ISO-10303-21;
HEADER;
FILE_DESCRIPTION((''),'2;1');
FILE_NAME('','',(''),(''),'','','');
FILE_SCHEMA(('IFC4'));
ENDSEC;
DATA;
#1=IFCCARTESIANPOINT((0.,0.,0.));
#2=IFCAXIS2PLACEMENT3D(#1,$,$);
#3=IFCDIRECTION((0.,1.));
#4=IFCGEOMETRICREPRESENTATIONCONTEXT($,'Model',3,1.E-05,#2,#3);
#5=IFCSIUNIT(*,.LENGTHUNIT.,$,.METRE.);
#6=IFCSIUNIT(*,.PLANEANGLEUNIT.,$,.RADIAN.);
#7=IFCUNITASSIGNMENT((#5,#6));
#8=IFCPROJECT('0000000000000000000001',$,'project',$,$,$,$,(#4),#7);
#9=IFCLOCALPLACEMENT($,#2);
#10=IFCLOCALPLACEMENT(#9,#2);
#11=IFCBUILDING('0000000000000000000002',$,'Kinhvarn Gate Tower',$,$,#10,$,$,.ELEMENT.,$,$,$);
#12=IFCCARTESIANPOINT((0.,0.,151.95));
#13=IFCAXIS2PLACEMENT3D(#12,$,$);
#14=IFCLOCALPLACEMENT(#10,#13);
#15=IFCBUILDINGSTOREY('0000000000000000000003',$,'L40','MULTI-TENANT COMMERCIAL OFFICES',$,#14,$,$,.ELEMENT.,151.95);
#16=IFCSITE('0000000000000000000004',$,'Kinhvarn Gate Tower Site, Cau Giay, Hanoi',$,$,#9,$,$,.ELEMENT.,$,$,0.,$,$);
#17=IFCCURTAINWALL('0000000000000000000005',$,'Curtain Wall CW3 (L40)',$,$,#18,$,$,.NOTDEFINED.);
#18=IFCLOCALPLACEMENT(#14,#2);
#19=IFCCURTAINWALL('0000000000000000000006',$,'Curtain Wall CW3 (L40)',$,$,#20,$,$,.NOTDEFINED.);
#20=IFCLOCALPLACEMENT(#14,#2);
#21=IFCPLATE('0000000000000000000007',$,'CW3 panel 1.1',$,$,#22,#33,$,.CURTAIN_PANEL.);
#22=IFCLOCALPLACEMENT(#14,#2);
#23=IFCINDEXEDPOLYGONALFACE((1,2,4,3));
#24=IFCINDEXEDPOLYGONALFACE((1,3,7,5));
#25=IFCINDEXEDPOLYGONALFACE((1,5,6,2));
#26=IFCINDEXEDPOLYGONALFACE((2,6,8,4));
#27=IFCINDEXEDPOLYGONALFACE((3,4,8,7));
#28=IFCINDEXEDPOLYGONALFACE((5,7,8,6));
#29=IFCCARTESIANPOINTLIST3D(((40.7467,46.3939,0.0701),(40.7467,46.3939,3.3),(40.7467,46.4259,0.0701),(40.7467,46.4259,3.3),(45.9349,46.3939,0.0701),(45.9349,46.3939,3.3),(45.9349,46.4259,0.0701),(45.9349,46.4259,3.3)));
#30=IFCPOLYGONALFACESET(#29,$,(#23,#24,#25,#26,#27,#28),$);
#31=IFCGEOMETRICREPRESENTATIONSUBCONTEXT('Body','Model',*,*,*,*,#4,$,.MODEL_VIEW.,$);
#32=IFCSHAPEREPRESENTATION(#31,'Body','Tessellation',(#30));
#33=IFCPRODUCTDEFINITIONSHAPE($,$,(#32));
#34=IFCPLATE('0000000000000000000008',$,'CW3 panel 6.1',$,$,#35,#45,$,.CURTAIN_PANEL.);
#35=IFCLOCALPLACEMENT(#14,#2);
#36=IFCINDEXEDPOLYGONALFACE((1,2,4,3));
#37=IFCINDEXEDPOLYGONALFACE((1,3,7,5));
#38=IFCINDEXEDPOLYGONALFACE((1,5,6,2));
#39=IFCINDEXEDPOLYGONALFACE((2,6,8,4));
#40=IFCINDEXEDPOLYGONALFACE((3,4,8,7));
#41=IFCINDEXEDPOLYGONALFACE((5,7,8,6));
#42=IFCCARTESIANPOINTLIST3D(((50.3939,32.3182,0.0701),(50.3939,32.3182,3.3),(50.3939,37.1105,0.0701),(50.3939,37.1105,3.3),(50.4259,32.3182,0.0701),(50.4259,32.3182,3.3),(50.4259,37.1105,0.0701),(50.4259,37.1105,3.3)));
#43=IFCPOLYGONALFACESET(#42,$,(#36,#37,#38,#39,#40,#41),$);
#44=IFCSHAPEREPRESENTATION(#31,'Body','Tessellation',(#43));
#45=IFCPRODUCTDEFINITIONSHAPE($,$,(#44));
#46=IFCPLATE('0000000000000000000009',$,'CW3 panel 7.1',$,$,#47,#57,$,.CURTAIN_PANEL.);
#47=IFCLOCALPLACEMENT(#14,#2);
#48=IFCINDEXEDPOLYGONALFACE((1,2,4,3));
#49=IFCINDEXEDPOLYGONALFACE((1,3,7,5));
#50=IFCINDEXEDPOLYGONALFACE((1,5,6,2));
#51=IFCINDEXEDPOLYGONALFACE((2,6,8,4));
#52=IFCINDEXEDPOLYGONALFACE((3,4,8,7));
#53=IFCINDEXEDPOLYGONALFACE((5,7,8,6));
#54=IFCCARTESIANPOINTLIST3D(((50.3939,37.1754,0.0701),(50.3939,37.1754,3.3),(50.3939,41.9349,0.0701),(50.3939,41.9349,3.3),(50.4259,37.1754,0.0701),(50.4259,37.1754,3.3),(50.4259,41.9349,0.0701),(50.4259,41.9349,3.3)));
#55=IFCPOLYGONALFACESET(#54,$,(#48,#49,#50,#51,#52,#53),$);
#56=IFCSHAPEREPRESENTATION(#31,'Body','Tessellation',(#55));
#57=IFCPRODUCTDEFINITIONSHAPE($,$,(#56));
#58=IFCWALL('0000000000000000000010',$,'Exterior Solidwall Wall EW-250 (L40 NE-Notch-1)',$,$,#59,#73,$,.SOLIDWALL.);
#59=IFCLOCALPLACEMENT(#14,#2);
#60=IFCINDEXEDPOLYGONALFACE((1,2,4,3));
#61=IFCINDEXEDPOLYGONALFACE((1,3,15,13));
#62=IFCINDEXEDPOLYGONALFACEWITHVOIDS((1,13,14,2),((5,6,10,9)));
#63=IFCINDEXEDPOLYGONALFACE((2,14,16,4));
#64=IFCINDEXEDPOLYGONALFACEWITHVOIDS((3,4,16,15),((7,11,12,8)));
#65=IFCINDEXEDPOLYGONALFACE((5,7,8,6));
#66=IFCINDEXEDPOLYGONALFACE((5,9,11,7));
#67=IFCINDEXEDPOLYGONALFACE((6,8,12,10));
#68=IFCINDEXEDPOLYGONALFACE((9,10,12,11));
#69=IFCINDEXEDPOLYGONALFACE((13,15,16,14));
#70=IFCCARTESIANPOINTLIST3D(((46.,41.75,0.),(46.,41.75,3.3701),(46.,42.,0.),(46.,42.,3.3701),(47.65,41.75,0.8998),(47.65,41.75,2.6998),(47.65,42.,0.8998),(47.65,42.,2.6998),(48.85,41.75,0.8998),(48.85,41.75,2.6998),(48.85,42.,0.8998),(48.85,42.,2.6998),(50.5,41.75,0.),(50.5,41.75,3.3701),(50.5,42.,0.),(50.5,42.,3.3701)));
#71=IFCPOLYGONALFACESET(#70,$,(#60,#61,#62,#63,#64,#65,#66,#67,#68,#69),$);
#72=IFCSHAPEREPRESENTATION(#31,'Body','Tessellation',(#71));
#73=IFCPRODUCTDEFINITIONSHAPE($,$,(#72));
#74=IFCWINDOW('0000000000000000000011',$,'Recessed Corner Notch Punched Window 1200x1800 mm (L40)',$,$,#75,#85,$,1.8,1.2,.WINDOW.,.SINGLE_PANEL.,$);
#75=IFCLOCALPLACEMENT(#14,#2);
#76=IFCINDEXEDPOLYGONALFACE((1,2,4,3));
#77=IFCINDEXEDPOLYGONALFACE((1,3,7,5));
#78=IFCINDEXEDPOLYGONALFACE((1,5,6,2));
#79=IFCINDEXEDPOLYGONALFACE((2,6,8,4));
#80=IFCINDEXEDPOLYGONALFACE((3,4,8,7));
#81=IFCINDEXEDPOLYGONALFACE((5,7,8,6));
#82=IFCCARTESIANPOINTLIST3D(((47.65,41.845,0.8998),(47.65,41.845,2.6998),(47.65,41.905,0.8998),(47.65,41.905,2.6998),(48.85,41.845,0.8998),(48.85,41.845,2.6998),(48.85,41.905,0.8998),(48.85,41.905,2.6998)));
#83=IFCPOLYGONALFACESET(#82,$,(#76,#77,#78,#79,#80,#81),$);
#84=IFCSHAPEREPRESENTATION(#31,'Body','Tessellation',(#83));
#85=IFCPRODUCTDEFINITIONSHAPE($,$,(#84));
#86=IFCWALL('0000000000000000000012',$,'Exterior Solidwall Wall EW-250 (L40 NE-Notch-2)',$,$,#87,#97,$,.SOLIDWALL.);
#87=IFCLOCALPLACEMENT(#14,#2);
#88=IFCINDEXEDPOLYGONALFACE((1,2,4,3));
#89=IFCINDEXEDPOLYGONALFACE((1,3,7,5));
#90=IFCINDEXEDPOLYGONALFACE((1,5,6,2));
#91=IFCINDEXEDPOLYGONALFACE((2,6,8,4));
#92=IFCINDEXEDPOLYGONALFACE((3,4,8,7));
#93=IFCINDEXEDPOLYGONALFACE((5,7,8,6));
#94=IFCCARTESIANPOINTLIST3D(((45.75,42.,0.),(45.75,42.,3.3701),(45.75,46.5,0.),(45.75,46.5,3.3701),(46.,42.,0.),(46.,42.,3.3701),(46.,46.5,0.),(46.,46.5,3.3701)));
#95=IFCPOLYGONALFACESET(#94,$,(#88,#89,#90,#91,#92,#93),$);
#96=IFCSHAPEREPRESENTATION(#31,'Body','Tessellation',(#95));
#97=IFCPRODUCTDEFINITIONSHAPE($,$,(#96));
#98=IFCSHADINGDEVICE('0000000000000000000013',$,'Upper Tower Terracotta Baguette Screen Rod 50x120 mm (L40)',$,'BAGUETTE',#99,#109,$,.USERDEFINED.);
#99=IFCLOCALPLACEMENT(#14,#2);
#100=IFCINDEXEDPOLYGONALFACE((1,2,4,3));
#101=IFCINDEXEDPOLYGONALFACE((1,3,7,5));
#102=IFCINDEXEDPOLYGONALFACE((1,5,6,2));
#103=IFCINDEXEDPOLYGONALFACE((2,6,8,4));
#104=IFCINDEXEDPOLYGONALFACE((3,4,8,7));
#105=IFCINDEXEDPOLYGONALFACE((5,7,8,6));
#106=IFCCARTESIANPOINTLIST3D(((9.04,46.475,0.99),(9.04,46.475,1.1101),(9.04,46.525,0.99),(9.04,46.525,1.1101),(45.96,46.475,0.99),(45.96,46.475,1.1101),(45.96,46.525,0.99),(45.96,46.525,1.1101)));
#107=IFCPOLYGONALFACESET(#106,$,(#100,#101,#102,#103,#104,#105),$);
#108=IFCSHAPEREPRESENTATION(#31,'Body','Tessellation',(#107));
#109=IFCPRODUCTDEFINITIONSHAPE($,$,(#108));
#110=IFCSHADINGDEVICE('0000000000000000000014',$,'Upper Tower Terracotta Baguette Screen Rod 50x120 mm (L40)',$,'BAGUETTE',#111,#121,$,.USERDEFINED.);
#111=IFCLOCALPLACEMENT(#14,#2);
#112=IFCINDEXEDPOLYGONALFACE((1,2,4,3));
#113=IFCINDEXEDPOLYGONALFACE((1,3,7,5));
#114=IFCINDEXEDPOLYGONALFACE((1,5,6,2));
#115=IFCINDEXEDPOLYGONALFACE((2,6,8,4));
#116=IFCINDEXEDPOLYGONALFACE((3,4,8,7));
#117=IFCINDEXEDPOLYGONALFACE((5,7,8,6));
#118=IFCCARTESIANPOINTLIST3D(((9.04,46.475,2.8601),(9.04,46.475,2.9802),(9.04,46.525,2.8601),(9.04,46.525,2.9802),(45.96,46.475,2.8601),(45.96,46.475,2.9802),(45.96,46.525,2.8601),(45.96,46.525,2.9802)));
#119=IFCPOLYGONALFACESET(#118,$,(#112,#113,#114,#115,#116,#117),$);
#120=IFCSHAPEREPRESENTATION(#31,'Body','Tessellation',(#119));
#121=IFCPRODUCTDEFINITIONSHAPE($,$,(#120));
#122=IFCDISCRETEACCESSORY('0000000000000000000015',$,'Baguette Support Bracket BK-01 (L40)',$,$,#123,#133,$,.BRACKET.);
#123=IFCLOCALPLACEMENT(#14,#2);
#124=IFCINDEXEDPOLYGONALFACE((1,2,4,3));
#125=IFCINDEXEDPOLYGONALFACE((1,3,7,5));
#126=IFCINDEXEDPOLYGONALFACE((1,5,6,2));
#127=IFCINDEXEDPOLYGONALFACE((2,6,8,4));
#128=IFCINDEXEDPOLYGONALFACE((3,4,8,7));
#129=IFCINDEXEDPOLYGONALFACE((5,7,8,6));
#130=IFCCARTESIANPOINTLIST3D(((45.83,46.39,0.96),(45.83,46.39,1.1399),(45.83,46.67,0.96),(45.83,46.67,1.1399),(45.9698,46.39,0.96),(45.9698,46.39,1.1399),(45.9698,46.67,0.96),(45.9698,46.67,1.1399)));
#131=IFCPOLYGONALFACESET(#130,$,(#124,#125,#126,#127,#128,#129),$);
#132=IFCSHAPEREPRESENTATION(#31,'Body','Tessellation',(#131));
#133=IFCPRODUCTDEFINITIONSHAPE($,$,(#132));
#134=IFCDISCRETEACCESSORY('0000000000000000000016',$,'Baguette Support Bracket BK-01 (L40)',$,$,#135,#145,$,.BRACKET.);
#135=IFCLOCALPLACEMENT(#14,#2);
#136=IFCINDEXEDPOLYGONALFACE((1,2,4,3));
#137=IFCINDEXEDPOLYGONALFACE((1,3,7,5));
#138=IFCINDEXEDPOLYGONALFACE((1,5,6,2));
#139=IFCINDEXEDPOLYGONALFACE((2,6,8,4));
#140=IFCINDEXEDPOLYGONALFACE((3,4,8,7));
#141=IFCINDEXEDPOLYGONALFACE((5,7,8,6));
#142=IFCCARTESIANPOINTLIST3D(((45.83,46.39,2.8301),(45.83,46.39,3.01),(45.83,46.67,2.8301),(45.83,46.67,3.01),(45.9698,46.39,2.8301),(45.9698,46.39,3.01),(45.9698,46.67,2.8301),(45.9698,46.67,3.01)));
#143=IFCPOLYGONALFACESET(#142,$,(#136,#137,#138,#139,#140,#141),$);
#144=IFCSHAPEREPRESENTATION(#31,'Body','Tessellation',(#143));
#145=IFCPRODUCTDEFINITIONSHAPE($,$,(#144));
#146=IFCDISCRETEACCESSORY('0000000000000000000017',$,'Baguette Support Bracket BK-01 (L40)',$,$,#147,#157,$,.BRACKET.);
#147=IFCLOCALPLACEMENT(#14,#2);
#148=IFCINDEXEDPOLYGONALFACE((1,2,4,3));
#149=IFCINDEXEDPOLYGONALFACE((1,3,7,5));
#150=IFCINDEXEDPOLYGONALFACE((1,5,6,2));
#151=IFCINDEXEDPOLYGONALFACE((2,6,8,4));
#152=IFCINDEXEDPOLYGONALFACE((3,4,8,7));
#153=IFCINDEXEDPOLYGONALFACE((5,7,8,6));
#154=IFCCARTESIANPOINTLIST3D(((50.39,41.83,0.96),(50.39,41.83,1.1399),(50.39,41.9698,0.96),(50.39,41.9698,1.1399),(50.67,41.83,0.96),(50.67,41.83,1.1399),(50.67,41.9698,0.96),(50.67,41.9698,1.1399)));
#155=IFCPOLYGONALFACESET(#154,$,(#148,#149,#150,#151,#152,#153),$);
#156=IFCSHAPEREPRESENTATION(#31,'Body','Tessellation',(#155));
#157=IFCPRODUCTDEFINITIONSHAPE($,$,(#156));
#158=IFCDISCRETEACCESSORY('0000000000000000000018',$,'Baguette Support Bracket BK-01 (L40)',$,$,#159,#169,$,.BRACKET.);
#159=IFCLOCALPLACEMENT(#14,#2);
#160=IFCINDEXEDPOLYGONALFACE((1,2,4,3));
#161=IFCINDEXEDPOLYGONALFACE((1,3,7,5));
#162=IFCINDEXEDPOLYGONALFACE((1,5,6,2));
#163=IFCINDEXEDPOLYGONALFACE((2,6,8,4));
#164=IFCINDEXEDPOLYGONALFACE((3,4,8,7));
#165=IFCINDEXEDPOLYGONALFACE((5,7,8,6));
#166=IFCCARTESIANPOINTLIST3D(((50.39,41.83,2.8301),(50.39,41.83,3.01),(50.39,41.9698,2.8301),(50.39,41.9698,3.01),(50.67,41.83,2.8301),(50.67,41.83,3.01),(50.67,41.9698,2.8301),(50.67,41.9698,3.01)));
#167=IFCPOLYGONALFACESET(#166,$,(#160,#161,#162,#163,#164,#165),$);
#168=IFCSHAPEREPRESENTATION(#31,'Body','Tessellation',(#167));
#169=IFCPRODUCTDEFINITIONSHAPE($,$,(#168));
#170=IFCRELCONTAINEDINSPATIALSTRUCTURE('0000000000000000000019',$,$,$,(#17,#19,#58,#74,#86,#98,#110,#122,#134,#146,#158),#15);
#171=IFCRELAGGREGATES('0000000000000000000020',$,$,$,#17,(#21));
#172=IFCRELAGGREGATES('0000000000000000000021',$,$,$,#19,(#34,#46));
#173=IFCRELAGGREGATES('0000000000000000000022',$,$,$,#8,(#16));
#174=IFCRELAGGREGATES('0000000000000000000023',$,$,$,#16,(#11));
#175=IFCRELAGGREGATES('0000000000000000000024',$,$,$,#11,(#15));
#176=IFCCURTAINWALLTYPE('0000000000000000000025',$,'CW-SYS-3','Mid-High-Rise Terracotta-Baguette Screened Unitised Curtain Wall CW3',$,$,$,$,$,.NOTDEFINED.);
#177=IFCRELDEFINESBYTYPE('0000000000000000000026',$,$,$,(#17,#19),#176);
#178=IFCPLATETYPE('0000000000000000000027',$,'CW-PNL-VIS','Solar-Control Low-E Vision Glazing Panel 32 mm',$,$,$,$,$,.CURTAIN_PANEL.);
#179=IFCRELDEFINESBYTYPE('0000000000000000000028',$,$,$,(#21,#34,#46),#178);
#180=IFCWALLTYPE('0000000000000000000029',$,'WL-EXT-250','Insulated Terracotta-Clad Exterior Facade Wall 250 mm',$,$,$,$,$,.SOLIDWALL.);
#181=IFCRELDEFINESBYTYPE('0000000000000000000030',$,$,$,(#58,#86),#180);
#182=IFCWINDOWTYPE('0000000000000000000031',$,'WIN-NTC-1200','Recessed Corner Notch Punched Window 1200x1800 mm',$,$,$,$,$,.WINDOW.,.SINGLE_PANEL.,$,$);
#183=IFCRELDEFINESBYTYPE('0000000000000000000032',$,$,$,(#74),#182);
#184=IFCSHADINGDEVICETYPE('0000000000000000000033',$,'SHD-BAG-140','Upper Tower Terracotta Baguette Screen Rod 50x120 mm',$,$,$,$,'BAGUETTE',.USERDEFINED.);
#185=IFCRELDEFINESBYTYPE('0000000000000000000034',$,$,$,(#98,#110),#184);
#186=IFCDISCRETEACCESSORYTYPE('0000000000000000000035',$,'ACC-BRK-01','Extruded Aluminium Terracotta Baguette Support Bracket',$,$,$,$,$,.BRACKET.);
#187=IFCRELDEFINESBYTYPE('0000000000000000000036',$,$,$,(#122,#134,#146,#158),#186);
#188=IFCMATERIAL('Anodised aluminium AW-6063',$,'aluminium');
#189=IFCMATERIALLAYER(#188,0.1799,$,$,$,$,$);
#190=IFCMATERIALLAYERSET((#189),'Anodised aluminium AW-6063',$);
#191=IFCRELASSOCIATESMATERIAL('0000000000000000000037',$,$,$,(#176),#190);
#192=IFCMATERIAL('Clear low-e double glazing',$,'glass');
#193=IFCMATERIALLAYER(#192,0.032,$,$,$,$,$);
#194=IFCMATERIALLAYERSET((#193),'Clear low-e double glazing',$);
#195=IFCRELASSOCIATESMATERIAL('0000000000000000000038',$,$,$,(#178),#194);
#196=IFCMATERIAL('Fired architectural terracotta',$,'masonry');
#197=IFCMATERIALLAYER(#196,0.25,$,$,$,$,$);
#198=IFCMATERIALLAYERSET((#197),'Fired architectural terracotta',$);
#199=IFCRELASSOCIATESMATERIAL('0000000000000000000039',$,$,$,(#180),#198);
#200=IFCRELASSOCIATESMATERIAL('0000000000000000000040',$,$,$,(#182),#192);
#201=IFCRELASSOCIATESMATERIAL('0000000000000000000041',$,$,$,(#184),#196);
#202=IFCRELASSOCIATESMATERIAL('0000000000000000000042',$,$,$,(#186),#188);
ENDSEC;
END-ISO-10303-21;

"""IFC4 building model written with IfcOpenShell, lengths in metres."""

from ifc_helpers import new_model, si_unit, direction, frame, frame_2d, origin, origin_2d, place, context, subcontext, project, spatial, rectangle, extrude, material, layer, layer_set, material_profile, profile_set, type_object, element, fill, aggregate, save


model = new_model("IFC4")

# Units and contexts
model_context = context("Model", 3, precision=1e-05, world=origin(), true_north=direction((0.0, 1.0)))
body_context = subcontext(model_context, "Body", "Model", "MODEL_VIEW")
ifc_project = project(units=[si_unit("LENGTHUNIT", "METRE"), si_unit("PLANEANGLEUNIT", "RADIAN")], contexts=[model_context])

# Site, building, storey
site_placement = place(None, origin())
site = spatial("IfcSite", under=ifc_project, at=site_placement, Name="Kinhvarn Gate Tower Site, Cau Giay, Hanoi", CompositionType="ELEMENT", RefElevation=0.0)
building_placement = place(site_placement, origin())
building = spatial("IfcBuilding", under=site, at=building_placement, Name="Kinhvarn Gate Tower", CompositionType="ELEMENT")
storey_placement = place(building_placement, frame((0.0, 0.0, 151.95)))
storey = spatial("IfcBuildingStorey", under=building, at=storey_placement, Name="L40", Description="MULTI-TENANT COMMERCIAL OFFICES", CompositionType="ELEMENT", Elevation=151.95)

# Curtain walls
ifc_material_1 = material(Name="Anodised aluminium AW-6063", Category="aluminium")
ifc_layer_1 = layer(ifc_material_1, 0.1799)
ifc_layer_set_1 = layer_set([ifc_layer_1], Name="Anodised aluminium AW-6063")
curtain_wall_type = type_object("IfcCurtainWallType", Name="CW-SYS-3", Description="Mid-High-Rise Terracotta-Baguette Screened Unitised Curtain Wall CW3", PredefinedType="NOTDEFINED", material=ifc_layer_set_1)
curtain_wall_1_placement = place(storey_placement, origin())
curtain_wall_1 = element("IfcCurtainWall", 1, at=curtain_wall_1_placement, inside=storey, type_object=curtain_wall_type, Name="Curtain Wall CW3 (L40)", PredefinedType="NOTDEFINED")
curtain_wall_2_placement = place(storey_placement, origin())
curtain_wall_2 = element("IfcCurtainWall", 2, at=curtain_wall_2_placement, inside=storey, type_object=curtain_wall_type, Name="Curtain Wall CW3 (L40)", PredefinedType="NOTDEFINED")

# Plates
ifc_material_2 = material(Name="Clear low-e double glazing", Category="glass")
ifc_layer_2 = layer(ifc_material_2, 0.032)
ifc_layer_set_2 = layer_set([ifc_layer_2], Name="Clear low-e double glazing")
plate_type = type_object("IfcPlateType", Name="CW-PNL-VIS", Description="Solar-Control Low-E Vision Glazing Panel 32 mm", PredefinedType="CURTAIN_PANEL", material=ifc_layer_set_2)
plate_1_placement = place(storey_placement, frame((43.3408, 46.4099, 0.0701), z_axis=(0.0, 0.0, 1.0), x_axis=(-1.0, 0.0, 0.0)))
plate_1 = element("IfcPlate", 3, at=plate_1_placement, type_object=plate_type, Name="CW3 panel 1.1", PredefinedType="CURTAIN_PANEL", context=body_context, shape_type="SweptSolid", body=[
    extrude(rectangle(XDim=5.1882, YDim=0.032, at=origin_2d()), origin(), (0.0, 0.0, 1.0), 3.23),
])
aggregate(curtain_wall_1, [plate_1])
plate_2_placement = place(storey_placement, frame((50.4099, 34.7144, 0.0701), z_axis=(0.0, 0.0, 1.0), x_axis=(0.0, 1.0, 0.0)))
plate_2 = element("IfcPlate", 4, at=plate_2_placement, type_object=plate_type, Name="CW3 panel 6.1", PredefinedType="CURTAIN_PANEL", context=body_context, shape_type="SweptSolid", body=[
    extrude(rectangle(XDim=4.7922, YDim=0.032, at=origin_2d()), origin(), (0.0, 0.0, 1.0), 3.23),
])
plate_3_placement = place(storey_placement, frame((50.4099, 39.5552, 0.0701), z_axis=(0.0, 0.0, 1.0), x_axis=(0.0, 1.0, 0.0)))
plate_3 = element("IfcPlate", 5, at=plate_3_placement, type_object=plate_type, Name="CW3 panel 7.1", PredefinedType="CURTAIN_PANEL", context=body_context, shape_type="SweptSolid", body=[
    extrude(rectangle(XDim=4.7595, YDim=0.032, at=origin_2d()), origin(), (0.0, 0.0, 1.0), 3.23),
])
aggregate(curtain_wall_2, [plate_2, plate_3])

# Wall, opening, window
ifc_material_3 = material(Name="Fired architectural terracotta", Category="masonry")
ifc_layer_3 = layer(ifc_material_3, 0.25)
ifc_layer_set_3 = layer_set([ifc_layer_3], Name="Fired architectural terracotta")
wall_type = type_object("IfcWallType", Name="WL-EXT-250", Description="Insulated Terracotta-Clad Exterior Facade Wall 250 mm", PredefinedType="SOLIDWALL", material=ifc_layer_set_3)
wall_1_placement = place(storey_placement, frame((50.5, 41.875, 0.0), z_axis=(0.0, 0.0, 1.0), x_axis=(-1.0, 0.0, 0.0)))
wall_1 = element("IfcWall", 6, at=wall_1_placement, inside=storey, type_object=wall_type, Name="Exterior Solidwall Wall EW-250 (L40 NE-Notch-1)", PredefinedType="SOLIDWALL", context=body_context, shape_type="SweptSolid", body=[
    extrude(rectangle(XDim=4.5, YDim=0.25, at=frame_2d((2.25, 0.0))), origin(), (0.0, 0.0, 1.0), 3.3701),
])
opening_placement = place(wall_1_placement, frame((1.6499, 0.0, 0.8999)))
opening = element("IfcOpeningElement", 7, at=opening_placement, cuts=wall_1, PredefinedType="OPENING", context=body_context, shape_type="SweptSolid", body=[
    extrude(rectangle(XDim=1.2, YDim=1.8, at=frame_2d((0.6001, 0.8999))), frame((0.0, 0.135, 0.0), z_axis=(0.0, -1.0, 0.0), x_axis=(1.0, 0.0, 0.0)), (0.0, 0.0, 1.0), 0.27),
])
window_type = type_object("IfcWindowType", Name="WIN-NTC-1200", Description="Recessed Corner Notch Punched Window 1200x1800 mm", PartitioningType="SINGLE_PANEL", PredefinedType="WINDOW", material=ifc_material_2)
window_placement = place(opening_placement, origin())
window = element("IfcWindow", 8, at=window_placement, inside=storey, type_object=window_type, Name="Recessed Corner Notch Punched Window 1200x1800 mm (L40)", OverallHeight=1.8, OverallWidth=1.2, PartitioningType="SINGLE_PANEL", PredefinedType="WINDOW", context=body_context, shape_type="SweptSolid", body=[
    extrude(rectangle(XDim=1.2, YDim=1.8, at=frame_2d((0.6001, 0.8999))), frame((0.0, 0.03, 0.0), z_axis=(0.0, -1.0, 0.0), x_axis=(1.0, 0.0, 0.0)), (0.0, 0.0, 1.0), 0.0601),
])
fill(opening, window)

# Wall
wall_2_placement = place(storey_placement, frame((45.875, 42.0, 0.0), z_axis=(0.0, 0.0, 1.0), x_axis=(0.0, 1.0, 0.0)))
element("IfcWall", 9, at=wall_2_placement, inside=storey, type_object=wall_type, Name="Exterior Solidwall Wall EW-250 (L40 NE-Notch-2)", PredefinedType="SOLIDWALL", context=body_context, shape_type="SweptSolid", body=[
    extrude(rectangle(XDim=4.5, YDim=0.25, at=frame_2d((2.25, 0.0))), origin(), (0.0, 0.0, 1.0), 3.3701),
])

# Shading devices
ifc_material_profile_1 = material_profile(ifc_material_3, rectangle(XDim=0.05, YDim=0.1201, at=origin_2d()), Name="TC 50x120")
ifc_profile_set_1 = profile_set([ifc_material_profile_1], Name="Fired architectural terracotta")
shading_device_type = type_object("IfcShadingDeviceType", Name="SHD-BAG-140", Description="Upper Tower Terracotta Baguette Screen Rod 50x120 mm", ElementType="BAGUETTE", PredefinedType="USERDEFINED", material=ifc_profile_set_1)
for number, where, z_axis, x_axis, name in (
    (10, (45.96, 46.5, 1.05), (-1.0, 0.0, 0.0), (0.0, -1.0, 0.0), "Upper Tower Terracotta Baguette Screen Rod 50x120 mm (L40)"),
    (11, (45.96, 46.5, 2.9202), (-1.0, 0.0, 0.0), (0.0, -1.0, 0.0), "Upper Tower Terracotta Baguette Screen Rod 50x120 mm (L40)"),
):
    element("IfcShadingDevice", number, at=place(storey_placement, frame(where, z_axis=z_axis, x_axis=x_axis)), inside=storey, type_object=shading_device_type, Name=name, ObjectType="BAGUETTE", PredefinedType="USERDEFINED", context=body_context, shape_type="SweptSolid", body=[
        extrude(rectangle(XDim=0.05, YDim=0.1201, at=origin_2d()), origin(), (0.0, 0.0, 1.0), 36.9199),
    ])

# Discrete accessories
discrete_accessory_type = type_object("IfcDiscreteAccessoryType", Name="ACC-BRK-01", Description="Extruded Aluminium Terracotta Baguette Support Bracket", PredefinedType="BRACKET", material=ifc_material_1)
for number, where, z_axis, x_axis, name in (
    (12, (45.8999, 46.53, 0.96), (0.0, 0.0, 1.0), (-1.0, 0.0, 0.0), "Baguette Support Bracket BK-01 (L40)"),
    (13, (45.8999, 46.53, 2.8301), (0.0, 0.0, 1.0), (-1.0, 0.0, 0.0), "Baguette Support Bracket BK-01 (L40)"),
    (14, (50.53, 41.8999, 0.96), (0.0, 0.0, 1.0), (0.0, 1.0, 0.0), "Baguette Support Bracket BK-01 (L40)"),
    (15, (50.53, 41.8999, 2.8301), (0.0, 0.0, 1.0), (0.0, 1.0, 0.0), "Baguette Support Bracket BK-01 (L40)"),
):
    element("IfcDiscreteAccessory", number, at=place(storey_placement, frame(where, z_axis=z_axis, x_axis=x_axis)), inside=storey, type_object=discrete_accessory_type, Name=name, PredefinedType="BRACKET", context=body_context, shape_type="SweptSolid", body=[
        extrude(rectangle(XDim=0.1399, YDim=0.28, at=origin_2d()), origin(), (0.0, 0.0, 1.0), 0.1799),
    ])

save(model, "model.ifc")
